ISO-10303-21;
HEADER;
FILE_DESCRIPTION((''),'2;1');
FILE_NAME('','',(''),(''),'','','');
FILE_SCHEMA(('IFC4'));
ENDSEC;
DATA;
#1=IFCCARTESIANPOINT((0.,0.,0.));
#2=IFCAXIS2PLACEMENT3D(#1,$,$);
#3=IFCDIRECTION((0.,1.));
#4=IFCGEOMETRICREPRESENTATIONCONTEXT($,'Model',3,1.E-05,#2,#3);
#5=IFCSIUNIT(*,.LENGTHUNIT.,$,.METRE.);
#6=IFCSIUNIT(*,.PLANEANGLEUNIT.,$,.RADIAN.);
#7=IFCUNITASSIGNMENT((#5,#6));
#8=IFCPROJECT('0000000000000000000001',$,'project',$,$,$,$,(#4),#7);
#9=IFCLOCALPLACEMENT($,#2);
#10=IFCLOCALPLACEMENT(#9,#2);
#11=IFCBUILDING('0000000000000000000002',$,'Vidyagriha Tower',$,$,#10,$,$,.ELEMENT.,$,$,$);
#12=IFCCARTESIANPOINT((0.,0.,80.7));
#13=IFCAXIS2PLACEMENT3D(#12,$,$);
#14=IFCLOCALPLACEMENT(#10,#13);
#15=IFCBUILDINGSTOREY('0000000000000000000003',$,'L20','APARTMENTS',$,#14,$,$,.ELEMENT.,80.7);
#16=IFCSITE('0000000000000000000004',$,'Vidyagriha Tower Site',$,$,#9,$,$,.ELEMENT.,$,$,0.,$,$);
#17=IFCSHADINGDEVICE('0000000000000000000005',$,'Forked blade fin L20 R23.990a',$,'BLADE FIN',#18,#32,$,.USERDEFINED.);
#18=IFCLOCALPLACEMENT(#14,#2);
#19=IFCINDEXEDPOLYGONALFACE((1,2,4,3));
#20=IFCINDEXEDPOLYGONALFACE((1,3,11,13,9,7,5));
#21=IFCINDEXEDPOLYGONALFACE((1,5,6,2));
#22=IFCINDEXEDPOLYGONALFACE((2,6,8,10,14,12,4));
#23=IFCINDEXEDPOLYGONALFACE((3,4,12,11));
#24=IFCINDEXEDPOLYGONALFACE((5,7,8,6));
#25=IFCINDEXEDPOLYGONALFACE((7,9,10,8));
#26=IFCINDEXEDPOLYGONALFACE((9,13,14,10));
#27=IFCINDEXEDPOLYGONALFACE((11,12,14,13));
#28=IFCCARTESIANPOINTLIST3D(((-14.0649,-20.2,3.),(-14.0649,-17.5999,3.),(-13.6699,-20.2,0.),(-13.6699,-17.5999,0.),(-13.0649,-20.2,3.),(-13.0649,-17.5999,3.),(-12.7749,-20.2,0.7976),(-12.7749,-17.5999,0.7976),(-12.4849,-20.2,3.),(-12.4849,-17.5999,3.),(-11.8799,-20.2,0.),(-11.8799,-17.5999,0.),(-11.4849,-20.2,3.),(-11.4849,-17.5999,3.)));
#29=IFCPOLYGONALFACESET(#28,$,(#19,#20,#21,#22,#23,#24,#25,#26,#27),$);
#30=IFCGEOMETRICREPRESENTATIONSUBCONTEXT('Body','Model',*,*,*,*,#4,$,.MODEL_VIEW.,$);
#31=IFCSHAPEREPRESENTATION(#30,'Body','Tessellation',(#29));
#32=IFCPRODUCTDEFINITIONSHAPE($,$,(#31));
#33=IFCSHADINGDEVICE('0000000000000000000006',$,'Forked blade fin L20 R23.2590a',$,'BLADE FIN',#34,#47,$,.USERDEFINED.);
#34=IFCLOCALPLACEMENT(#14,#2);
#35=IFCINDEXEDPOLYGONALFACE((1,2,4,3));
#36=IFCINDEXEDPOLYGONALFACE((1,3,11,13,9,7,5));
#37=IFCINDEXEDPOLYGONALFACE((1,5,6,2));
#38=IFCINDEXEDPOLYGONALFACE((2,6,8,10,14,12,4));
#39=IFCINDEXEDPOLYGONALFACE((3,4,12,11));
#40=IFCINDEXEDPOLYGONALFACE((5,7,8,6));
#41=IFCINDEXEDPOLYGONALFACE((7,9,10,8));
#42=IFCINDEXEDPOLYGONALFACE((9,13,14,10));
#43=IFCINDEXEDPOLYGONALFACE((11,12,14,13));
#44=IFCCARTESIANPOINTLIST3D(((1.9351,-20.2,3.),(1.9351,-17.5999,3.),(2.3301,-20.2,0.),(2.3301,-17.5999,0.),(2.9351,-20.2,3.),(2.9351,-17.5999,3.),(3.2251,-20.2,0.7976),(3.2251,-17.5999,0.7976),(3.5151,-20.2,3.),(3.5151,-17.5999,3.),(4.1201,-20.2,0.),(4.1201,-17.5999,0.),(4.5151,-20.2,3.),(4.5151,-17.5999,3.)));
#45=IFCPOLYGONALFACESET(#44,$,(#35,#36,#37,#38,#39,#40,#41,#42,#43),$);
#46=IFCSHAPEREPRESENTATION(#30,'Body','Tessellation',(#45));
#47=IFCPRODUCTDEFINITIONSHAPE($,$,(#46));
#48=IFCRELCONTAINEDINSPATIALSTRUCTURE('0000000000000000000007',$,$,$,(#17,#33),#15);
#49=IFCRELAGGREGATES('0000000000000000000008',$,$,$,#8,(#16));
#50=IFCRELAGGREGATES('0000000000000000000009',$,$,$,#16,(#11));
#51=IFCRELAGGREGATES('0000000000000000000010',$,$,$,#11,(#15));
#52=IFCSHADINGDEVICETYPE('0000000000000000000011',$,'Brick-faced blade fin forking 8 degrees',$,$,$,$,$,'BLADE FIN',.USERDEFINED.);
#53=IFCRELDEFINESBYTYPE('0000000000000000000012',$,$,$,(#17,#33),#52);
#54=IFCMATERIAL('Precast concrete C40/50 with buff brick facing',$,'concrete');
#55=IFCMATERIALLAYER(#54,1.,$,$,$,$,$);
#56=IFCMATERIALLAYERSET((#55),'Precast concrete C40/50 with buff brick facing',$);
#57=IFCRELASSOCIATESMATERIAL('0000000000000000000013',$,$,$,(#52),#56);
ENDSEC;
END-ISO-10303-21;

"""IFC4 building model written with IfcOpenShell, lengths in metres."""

from ifc_helpers import new_model, si_unit, direction, frame, origin, place, context, subcontext, project, spatial, polyline, outline, extrude, material, layer, layer_set, type_object, element, save


model = new_model("IFC4")

# Units and contexts
model_context = context("Model", 3, precision=1e-05, world=origin(), true_north=direction((0.0, 1.0)))
body_context = subcontext(model_context, "Body", "Model", "MODEL_VIEW")
ifc_project = project(units=[si_unit("LENGTHUNIT", "METRE"), si_unit("PLANEANGLEUNIT", "RADIAN")], contexts=[model_context])

# Site, building, storey
site_placement = place(None, origin())
site = spatial("IfcSite", under=ifc_project, at=site_placement, Name="Vidyagriha Tower Site", CompositionType="ELEMENT", RefElevation=0.0)
building_placement = place(site_placement, origin())
building = spatial("IfcBuilding", under=site, at=building_placement, Name="Vidyagriha Tower", CompositionType="ELEMENT")
storey_placement = place(building_placement, frame((0.0, 0.0, 80.7)))
storey = spatial("IfcBuildingStorey", under=building, at=storey_placement, Name="L20", Description="APARTMENTS", CompositionType="ELEMENT", Elevation=80.7)

# Shading devices
ifc_material_1 = material(Name="Precast concrete C40/50 with buff brick facing", Category="concrete")
ifc_layer_1 = layer(ifc_material_1, 1.0)
ifc_layer_set_1 = layer_set([ifc_layer_1], Name="Precast concrete C40/50 with buff brick facing")
shading_device_type_1 = type_object("IfcShadingDeviceType", Name="Brick-faced blade fin forking 8 degrees", ElementType="BLADE FIN", PredefinedType="USERDEFINED", material=ifc_layer_set_1)
for number, where, name in (
    (1, (-14.0649, -18.8999, 0.0), "Forked blade fin L20 R23.990a"),
    (2, (1.9351, -18.8999, 0.0), "Forked blade fin L20 R23.2590a"),
):
    element("IfcShadingDevice", number, at=place(storey_placement, frame(where)), inside=storey, type_object=shading_device_type_1, Name=name, ObjectType="BLADE FIN", PredefinedType="USERDEFINED", context=body_context, shape_type="SweptSolid", body=[
        extrude(outline(polyline([(0.395, 0.0), (2.1851, 0.0), (2.5801, 3.0), (1.5801, 3.0), (1.29, 0.7976), (1.0, 3.0), (0.0, 3.0), (0.395, 0.0)])), frame((0.0, 1.3, 0.0), z_axis=(0.0, -1.0, 0.0), x_axis=(1.0, 0.0, 0.0)), (0.0, 0.0, 1.0), 2.6001),
    ])

save(model, "model.ifc")
